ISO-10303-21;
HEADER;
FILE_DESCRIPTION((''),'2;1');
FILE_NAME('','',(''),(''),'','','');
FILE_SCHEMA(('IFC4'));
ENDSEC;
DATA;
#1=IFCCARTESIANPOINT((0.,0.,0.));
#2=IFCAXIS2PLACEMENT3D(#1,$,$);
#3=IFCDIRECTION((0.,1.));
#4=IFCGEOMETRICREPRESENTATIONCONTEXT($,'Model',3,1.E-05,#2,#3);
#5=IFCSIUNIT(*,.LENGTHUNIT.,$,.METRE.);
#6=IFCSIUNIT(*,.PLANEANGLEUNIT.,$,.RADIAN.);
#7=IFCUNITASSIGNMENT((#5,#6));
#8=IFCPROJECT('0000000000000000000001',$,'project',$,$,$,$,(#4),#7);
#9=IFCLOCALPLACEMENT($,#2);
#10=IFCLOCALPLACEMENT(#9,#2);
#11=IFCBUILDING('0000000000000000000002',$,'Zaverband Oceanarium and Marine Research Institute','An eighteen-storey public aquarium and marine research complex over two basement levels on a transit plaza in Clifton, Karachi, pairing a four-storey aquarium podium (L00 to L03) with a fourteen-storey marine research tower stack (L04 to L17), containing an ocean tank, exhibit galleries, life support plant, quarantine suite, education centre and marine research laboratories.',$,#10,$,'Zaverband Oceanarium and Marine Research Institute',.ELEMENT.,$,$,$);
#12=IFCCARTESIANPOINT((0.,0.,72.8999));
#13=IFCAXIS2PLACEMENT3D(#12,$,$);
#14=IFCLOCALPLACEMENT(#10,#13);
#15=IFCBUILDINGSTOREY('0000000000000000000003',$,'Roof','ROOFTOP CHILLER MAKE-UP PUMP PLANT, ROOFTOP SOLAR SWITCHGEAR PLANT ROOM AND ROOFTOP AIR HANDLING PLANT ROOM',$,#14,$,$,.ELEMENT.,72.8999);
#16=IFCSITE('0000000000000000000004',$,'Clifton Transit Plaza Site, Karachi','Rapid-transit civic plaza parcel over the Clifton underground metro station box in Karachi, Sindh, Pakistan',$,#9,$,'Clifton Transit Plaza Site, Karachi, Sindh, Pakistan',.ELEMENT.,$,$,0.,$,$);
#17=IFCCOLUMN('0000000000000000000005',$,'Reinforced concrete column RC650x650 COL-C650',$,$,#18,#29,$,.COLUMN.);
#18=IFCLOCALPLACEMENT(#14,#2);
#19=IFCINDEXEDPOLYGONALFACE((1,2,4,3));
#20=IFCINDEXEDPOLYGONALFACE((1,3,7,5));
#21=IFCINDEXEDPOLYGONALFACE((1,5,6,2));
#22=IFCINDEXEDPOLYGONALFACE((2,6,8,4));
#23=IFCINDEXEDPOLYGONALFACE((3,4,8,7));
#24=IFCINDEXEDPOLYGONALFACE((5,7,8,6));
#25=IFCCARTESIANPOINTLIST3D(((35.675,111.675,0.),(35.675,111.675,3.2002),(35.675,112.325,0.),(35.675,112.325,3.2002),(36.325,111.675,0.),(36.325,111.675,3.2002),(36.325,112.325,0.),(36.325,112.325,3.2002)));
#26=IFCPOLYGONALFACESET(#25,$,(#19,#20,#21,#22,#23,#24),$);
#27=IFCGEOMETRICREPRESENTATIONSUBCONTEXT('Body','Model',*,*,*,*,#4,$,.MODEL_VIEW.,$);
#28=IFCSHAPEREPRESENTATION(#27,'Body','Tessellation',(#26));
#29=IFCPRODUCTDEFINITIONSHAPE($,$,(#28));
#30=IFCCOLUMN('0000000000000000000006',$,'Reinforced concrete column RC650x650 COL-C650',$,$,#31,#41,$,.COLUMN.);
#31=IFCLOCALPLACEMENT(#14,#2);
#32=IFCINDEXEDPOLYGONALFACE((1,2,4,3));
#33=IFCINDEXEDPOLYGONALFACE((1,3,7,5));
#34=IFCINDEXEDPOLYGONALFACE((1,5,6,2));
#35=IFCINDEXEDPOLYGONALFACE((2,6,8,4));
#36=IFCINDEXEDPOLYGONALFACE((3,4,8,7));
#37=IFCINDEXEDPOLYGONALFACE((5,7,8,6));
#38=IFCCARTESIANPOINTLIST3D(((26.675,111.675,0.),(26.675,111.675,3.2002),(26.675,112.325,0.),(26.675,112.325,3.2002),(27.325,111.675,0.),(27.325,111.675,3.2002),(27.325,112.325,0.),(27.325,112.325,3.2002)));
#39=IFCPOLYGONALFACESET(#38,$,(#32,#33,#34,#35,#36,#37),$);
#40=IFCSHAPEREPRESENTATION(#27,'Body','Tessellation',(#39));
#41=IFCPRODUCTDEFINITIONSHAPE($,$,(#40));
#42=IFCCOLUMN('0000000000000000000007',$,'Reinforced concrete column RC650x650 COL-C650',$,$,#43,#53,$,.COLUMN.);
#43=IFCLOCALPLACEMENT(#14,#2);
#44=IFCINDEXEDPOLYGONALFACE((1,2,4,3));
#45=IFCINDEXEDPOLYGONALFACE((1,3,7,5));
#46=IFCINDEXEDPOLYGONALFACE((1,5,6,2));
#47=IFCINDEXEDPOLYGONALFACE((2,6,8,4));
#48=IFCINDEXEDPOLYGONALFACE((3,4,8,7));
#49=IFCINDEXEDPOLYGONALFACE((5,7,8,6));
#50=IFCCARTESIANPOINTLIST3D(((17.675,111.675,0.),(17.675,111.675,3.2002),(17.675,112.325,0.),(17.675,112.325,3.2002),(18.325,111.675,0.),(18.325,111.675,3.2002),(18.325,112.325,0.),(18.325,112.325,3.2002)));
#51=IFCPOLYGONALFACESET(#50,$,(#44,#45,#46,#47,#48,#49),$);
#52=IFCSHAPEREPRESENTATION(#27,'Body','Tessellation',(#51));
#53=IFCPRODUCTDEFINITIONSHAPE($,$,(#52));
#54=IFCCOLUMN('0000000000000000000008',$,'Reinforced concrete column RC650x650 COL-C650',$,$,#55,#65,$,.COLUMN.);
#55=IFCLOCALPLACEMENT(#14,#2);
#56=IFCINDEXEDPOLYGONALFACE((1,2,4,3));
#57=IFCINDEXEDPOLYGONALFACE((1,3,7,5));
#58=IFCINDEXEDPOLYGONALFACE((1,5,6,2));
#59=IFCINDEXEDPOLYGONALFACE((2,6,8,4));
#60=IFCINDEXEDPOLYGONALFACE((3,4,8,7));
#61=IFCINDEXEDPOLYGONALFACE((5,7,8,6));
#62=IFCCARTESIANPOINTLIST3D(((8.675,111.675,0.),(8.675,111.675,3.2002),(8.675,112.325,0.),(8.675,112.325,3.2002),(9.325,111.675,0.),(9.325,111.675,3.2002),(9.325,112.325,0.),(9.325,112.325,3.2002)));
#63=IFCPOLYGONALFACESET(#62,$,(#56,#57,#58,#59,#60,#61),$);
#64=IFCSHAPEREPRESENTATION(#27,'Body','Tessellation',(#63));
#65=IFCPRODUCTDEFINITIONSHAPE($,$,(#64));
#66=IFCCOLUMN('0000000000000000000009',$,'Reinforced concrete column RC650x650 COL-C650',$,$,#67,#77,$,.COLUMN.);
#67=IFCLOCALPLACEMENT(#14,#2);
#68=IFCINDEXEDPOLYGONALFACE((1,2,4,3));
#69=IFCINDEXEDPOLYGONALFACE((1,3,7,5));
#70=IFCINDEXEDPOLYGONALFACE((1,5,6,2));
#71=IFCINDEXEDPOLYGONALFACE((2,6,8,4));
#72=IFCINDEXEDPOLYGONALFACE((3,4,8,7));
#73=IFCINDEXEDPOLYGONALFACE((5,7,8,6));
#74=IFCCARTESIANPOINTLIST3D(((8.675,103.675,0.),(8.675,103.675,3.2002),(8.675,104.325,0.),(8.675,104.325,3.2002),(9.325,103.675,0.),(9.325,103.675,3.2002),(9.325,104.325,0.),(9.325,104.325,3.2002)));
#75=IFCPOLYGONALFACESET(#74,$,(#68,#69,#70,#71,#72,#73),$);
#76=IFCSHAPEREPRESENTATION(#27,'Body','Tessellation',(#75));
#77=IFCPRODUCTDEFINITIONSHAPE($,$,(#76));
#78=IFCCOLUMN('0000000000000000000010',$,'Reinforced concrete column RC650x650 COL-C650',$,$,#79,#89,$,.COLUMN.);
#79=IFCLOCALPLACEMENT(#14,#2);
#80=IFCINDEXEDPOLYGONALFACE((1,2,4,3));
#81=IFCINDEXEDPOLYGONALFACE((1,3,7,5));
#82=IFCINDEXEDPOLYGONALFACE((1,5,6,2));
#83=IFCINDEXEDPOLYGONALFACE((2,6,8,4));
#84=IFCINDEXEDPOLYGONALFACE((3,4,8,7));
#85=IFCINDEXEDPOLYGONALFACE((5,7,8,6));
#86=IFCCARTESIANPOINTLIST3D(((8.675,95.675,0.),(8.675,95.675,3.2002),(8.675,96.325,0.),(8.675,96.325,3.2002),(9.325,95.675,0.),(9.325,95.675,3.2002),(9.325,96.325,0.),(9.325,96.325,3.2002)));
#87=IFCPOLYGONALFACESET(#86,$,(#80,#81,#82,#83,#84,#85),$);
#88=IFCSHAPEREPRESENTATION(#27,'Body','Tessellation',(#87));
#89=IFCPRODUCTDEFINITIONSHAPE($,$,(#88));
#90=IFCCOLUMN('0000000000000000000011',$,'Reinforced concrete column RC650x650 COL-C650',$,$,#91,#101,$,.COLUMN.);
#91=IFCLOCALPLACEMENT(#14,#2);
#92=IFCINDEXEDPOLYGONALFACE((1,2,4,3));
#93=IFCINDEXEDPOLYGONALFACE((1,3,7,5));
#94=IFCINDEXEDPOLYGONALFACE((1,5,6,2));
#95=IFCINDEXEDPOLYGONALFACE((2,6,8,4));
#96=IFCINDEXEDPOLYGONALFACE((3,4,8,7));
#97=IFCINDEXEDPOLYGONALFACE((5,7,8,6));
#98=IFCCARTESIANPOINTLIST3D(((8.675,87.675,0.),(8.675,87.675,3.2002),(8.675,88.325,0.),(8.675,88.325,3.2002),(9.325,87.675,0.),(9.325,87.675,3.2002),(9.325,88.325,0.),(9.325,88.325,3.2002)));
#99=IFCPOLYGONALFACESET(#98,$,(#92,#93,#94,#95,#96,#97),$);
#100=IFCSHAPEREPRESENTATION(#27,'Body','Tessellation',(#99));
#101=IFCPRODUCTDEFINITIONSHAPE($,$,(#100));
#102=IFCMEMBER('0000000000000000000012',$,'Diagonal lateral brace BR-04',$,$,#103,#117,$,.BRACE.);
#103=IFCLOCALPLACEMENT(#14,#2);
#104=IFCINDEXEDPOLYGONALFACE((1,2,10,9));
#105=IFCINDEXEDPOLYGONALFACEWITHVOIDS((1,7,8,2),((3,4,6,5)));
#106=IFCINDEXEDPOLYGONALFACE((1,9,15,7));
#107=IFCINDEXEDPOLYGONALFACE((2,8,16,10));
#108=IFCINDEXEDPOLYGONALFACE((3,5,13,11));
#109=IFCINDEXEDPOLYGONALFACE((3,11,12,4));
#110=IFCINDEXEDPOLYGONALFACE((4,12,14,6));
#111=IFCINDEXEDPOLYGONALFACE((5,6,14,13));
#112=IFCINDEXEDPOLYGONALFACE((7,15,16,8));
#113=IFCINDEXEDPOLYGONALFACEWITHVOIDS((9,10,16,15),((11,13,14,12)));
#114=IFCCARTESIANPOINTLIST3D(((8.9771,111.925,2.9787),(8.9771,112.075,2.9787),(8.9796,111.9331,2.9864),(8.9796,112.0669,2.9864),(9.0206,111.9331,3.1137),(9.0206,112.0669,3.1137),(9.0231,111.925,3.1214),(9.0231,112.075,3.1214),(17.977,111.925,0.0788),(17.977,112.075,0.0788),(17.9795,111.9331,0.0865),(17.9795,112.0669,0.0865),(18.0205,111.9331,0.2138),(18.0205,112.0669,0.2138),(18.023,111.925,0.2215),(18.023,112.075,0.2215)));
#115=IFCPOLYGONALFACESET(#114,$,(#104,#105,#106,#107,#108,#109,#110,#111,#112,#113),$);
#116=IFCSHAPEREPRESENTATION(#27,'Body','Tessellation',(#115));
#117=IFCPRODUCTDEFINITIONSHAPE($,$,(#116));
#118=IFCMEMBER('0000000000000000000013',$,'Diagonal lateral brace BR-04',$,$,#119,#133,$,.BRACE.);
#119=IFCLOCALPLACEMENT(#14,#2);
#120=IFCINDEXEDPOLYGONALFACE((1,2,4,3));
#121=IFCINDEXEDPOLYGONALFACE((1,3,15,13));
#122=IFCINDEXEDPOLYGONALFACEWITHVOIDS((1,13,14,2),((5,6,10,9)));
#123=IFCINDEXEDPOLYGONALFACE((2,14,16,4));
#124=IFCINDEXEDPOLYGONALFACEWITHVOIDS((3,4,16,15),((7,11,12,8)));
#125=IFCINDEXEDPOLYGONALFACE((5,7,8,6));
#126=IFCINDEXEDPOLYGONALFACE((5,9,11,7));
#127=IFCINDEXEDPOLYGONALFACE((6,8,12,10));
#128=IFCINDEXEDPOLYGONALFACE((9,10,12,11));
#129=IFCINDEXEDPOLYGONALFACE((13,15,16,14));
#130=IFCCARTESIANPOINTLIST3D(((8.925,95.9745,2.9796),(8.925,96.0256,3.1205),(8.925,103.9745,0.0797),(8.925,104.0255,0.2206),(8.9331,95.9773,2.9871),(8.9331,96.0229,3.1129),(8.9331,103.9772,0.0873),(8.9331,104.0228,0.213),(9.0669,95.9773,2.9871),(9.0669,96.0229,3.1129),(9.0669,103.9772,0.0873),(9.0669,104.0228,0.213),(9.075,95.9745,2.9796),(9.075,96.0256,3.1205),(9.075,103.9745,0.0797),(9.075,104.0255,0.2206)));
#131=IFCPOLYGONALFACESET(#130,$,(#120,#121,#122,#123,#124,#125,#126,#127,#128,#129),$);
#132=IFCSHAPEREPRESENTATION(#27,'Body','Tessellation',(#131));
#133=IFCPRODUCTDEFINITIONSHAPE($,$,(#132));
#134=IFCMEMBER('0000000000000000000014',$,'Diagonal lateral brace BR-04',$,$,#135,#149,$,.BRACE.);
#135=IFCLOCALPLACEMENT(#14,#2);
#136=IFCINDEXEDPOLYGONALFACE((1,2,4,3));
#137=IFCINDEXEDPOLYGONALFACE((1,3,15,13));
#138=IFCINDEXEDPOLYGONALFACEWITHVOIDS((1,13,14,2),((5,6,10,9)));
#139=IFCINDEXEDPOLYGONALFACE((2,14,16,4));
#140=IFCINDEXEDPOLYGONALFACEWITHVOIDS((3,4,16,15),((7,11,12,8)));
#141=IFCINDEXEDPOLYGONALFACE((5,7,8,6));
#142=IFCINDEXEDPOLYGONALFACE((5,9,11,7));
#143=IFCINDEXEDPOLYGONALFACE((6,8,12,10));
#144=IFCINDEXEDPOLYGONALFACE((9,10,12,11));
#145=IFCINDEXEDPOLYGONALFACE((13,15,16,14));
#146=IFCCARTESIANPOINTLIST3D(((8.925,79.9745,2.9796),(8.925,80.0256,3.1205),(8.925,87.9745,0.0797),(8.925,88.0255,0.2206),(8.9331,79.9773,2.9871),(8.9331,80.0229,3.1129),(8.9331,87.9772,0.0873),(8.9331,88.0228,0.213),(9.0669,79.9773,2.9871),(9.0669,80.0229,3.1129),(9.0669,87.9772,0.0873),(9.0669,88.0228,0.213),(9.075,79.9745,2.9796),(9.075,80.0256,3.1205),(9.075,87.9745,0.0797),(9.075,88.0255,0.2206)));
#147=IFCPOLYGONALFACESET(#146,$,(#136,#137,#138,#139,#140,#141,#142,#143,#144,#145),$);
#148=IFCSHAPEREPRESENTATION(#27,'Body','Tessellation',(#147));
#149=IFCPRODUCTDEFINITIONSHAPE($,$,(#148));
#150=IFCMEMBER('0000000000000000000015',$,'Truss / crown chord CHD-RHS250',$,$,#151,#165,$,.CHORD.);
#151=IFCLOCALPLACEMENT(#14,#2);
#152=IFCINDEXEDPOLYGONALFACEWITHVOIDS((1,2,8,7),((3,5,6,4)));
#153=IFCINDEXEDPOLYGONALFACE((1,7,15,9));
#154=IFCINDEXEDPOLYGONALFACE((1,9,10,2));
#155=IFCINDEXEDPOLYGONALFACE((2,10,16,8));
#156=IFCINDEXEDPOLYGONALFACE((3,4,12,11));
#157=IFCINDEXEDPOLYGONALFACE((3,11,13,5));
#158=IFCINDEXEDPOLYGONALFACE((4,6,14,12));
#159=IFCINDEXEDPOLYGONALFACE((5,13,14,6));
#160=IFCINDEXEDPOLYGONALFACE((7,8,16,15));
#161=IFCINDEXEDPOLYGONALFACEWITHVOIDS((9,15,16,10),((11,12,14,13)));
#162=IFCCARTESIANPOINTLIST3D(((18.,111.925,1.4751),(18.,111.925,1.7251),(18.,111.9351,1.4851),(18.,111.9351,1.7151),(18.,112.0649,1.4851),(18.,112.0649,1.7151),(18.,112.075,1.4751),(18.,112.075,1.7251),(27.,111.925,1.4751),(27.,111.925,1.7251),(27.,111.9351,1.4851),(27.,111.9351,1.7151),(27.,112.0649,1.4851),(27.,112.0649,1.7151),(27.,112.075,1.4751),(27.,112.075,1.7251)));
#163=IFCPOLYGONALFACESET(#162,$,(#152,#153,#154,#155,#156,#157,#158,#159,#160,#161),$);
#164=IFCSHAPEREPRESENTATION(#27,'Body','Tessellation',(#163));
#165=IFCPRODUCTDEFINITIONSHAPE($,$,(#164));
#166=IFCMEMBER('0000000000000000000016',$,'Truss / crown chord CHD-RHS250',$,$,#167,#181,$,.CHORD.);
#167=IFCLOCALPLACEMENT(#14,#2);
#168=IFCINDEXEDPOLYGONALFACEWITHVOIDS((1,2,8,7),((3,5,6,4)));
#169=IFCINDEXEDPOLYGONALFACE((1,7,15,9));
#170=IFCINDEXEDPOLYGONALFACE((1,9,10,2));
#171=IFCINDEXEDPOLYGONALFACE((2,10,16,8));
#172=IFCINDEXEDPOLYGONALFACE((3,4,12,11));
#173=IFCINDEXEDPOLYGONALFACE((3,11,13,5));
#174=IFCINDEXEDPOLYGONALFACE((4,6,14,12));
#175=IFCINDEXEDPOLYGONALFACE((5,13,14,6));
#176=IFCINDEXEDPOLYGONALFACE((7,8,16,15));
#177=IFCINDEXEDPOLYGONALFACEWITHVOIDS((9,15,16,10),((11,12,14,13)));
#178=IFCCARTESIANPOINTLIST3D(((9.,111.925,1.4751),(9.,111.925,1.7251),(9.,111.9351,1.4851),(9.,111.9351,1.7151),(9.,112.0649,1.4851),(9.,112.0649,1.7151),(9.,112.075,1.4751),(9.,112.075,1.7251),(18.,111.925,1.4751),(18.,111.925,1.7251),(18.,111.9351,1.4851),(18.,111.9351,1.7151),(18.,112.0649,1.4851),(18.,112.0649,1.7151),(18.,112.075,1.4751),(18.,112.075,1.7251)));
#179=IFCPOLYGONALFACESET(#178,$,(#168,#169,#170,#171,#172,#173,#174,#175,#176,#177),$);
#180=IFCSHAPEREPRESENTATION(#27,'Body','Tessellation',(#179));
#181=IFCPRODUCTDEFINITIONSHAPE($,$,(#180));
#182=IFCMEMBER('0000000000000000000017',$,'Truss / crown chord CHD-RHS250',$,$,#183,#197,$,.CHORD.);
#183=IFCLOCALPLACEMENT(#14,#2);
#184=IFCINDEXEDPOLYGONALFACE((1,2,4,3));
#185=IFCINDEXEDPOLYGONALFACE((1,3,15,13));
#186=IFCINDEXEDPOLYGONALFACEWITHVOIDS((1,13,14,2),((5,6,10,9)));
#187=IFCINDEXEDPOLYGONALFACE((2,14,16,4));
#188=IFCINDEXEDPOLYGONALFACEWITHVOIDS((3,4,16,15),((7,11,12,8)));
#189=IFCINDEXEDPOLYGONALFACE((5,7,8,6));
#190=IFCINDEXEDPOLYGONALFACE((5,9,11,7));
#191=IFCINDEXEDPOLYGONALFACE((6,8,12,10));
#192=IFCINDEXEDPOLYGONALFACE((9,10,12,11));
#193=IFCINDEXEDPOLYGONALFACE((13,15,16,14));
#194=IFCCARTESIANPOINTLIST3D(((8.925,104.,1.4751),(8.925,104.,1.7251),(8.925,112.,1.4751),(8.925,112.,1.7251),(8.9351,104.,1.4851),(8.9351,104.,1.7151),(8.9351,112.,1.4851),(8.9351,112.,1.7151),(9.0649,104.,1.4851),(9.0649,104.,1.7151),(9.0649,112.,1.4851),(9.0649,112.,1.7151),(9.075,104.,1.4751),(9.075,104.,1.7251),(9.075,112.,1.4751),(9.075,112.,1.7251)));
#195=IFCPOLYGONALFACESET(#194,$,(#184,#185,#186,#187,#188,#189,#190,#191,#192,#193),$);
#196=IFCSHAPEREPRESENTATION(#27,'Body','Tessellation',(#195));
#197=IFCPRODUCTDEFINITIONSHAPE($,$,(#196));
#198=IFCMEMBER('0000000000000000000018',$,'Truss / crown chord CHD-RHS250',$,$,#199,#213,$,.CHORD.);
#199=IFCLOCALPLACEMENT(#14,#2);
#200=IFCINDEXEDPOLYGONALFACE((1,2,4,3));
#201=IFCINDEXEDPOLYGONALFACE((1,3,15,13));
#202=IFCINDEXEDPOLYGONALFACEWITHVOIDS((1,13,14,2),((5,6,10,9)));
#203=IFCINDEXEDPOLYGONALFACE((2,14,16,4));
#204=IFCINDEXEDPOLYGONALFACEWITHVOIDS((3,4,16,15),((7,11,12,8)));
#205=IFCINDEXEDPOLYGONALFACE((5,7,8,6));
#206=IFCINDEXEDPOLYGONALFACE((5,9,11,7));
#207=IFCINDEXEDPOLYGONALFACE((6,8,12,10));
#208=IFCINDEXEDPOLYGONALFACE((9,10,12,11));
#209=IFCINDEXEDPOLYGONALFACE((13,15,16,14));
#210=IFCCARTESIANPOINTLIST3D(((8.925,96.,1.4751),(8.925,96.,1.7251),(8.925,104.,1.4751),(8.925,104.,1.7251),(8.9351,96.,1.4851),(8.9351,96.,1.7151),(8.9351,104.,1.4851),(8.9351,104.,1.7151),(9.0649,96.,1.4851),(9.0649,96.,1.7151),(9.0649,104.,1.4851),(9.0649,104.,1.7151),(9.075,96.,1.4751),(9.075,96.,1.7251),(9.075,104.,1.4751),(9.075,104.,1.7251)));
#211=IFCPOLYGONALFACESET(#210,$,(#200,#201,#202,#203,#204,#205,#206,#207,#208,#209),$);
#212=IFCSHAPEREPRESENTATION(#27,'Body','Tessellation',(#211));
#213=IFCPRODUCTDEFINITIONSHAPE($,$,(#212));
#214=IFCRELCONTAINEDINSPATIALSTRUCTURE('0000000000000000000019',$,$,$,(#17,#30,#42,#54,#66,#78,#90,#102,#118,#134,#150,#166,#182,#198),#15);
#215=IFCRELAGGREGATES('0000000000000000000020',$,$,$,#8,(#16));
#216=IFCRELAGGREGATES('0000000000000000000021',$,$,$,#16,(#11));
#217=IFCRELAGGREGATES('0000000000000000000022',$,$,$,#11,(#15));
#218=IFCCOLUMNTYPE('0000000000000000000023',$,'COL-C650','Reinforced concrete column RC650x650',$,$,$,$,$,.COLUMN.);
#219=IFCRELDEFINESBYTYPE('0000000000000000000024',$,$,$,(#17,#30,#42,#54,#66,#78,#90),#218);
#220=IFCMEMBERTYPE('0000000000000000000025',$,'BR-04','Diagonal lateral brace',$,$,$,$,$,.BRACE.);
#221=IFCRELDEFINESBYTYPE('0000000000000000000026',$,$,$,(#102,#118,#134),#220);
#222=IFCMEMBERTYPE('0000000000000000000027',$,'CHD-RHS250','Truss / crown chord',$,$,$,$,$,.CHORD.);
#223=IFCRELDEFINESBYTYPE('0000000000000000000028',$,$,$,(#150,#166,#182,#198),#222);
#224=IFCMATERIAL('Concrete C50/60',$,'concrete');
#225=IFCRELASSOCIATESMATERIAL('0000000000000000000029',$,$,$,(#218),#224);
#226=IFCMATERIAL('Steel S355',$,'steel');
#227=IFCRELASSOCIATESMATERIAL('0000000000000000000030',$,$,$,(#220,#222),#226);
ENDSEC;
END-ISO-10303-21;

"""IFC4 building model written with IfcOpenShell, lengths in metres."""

from ifc_helpers import new_model, si_unit, direction, frame, origin, origin_2d, place, context, subcontext, project, spatial, rectangle, hollow_rectangle, extrude, material, material_profile, profile_set, type_object, element, save


model = new_model("IFC4")

# Units and contexts
model_context = context("Model", 3, precision=1e-05, world=origin(), true_north=direction((0.0, 1.0)))
body_context = subcontext(model_context, "Body", "Model", "MODEL_VIEW")
ifc_project = project(units=[si_unit("LENGTHUNIT", "METRE"), si_unit("PLANEANGLEUNIT", "RADIAN")], contexts=[model_context])

# Site, building, storey
site_placement = place(None, origin())
site = spatial("IfcSite", under=ifc_project, at=site_placement, Name="Clifton Transit Plaza Site, Karachi", Description="Rapid-transit civic plaza parcel over the Clifton underground metro station box in Karachi, Sindh, Pakistan", LongName="Clifton Transit Plaza Site, Karachi, Sindh, Pakistan", CompositionType="ELEMENT", RefElevation=0.0)
building_placement = place(site_placement, origin())
building = spatial("IfcBuilding", under=site, at=building_placement, Name="Zaverband Oceanarium and Marine Research Institute", Description="An eighteen-storey public aquarium and marine research complex over two basement levels on a transit plaza in Clifton, Karachi, pairing a four-storey aquarium podium (L00 to L03) with a fourteen-storey marine research tower stack (L04 to L17), containing an ocean tank, exhibit galleries, life support plant, quarantine suite, education centre and marine research laboratories.", LongName="Zaverband Oceanarium and Marine Research Institute", CompositionType="ELEMENT")
storey_placement = place(building_placement, frame((0.0, 0.0, 72.8999)))
storey = spatial("IfcBuildingStorey", under=building, at=storey_placement, Name="Roof", Description="ROOFTOP CHILLER MAKE-UP PUMP PLANT, ROOFTOP SOLAR SWITCHGEAR PLANT ROOM AND ROOFTOP AIR HANDLING PLANT ROOM", CompositionType="ELEMENT", Elevation=72.8999)

# Columns
ifc_material_1 = material(Name="Concrete C50/60", Category="concrete")
ifc_material_profile_1 = material_profile(ifc_material_1, rectangle(XDim=0.6499, YDim=0.6499, at=origin_2d()), Name="RC650x650")
ifc_profile_set_1 = profile_set([ifc_material_profile_1], Name="Concrete C50/60")
column_type = type_object("IfcColumnType", Name="COL-C650", Description="Reinforced concrete column RC650x650", PredefinedType="COLUMN", material=ifc_profile_set_1)
for number, where, z_axis, x_axis, name in (
    (1, (36.0, 112.0, 0.0), (0.0, 0.0, 1.0), (1.0, 0.0, 0.0), "Reinforced concrete column RC650x650 COL-C650"),
    (2, (27.0, 112.0, 0.0), (0.0, 0.0, 1.0), (1.0, 0.0, 0.0), "Reinforced concrete column RC650x650 COL-C650"),
    (3, (18.0, 112.0, 0.0), (0.0, 0.0, 1.0), (1.0, 0.0, 0.0), "Reinforced concrete column RC650x650 COL-C650"),
    (4, (9.0, 112.0, 0.0), (0.0, 0.0, 1.0), (1.0, 0.0, 0.0), "Reinforced concrete column RC650x650 COL-C650"),
    (5, (9.0, 104.0, 0.0), (0.0, 0.0, 1.0), (1.0, 0.0, 0.0), "Reinforced concrete column RC650x650 COL-C650"),
    (6, (9.0, 96.0, 0.0), (0.0, 0.0, 1.0), (1.0, 0.0, 0.0), "Reinforced concrete column RC650x650 COL-C650"),
    (7, (9.0, 88.0, 0.0), (0.0, 0.0, 1.0), (1.0, 0.0, 0.0), "Reinforced concrete column RC650x650 COL-C650"),
):
    element("IfcColumn", number, at=place(storey_placement, frame(where, z_axis=z_axis, x_axis=x_axis)), inside=storey, type_object=column_type, Name=name, PredefinedType="COLUMN", context=body_context, shape_type="SweptSolid", body=[
        extrude(rectangle(XDim=0.6499, YDim=0.6499, at=origin_2d()), origin(), (0.0, 0.0, 1.0), 3.2002),
    ])

# Members
ifc_material_2 = material(Name="Steel S355", Category="steel")
ifc_material_profile_2 = material_profile(ifc_material_2, hollow_rectangle(XDim=0.1499, YDim=0.1499, WallThickness=0.0081, at=origin_2d()), Name="SHS150x150x8")
ifc_profile_set_2 = profile_set([ifc_material_profile_2], Name="Steel S355")
member_type_1 = type_object("IfcMemberType", Name="BR-04", Description="Diagonal lateral brace", PredefinedType="BRACE", material=ifc_profile_set_2)
member_1_placement = place(storey_placement, frame((18.0, 112.0, 0.1501), z_axis=(-0.951811, 0.0, 0.306684), x_axis=(0.0, -1.0, 0.0)))
element("IfcMember", 8, at=member_1_placement, inside=storey, type_object=member_type_1, Name="Diagonal lateral brace BR-04", PredefinedType="BRACE", context=body_context, shape_type="SweptSolid", body=[
    extrude(hollow_rectangle(XDim=0.1499, YDim=0.1499, WallThickness=0.0081, at=origin_2d()), origin(), (0.0, 0.0, 1.0), 9.4556),
])
for number, where, z_axis, x_axis, name in (
    (9, (9.0, 104.0, 0.1501), (0.0, -0.94014, 0.340789), (1.0, 0.0, 0.0), "Diagonal lateral brace BR-04"),
    (10, (9.0, 88.0, 0.1501), (0.0, -0.94014, 0.340789), (1.0, 0.0, 0.0), "Diagonal lateral brace BR-04"),
):
    element("IfcMember", number, at=place(storey_placement, frame(where, z_axis=z_axis, x_axis=x_axis)), inside=storey, type_object=member_type_1, Name=name, PredefinedType="BRACE", context=body_context, shape_type="SweptSolid", body=[
        extrude(hollow_rectangle(XDim=0.1499, YDim=0.1499, WallThickness=0.0081, at=origin_2d()), origin(), (0.0, 0.0, 1.0), 8.5093),
    ])
ifc_material_profile_3 = material_profile(ifc_material_2, hollow_rectangle(XDim=0.1499, YDim=0.25, WallThickness=0.01, at=origin_2d()), Name="RHS250x150x10")
ifc_profile_set_3 = profile_set([ifc_material_profile_3], Name="Steel S355")
member_type_2 = type_object("IfcMemberType", Name="CHD-RHS250", Description="Truss / crown chord", PredefinedType="CHORD", material=ifc_profile_set_3)
for number, where, z_axis, x_axis, name in (
    (11, (27.0, 112.0, 1.6001), (-1.0, 0.0, 0.0), (0.0, -1.0, 0.0), "Truss / crown chord CHD-RHS250"),
    (12, (18.0, 112.0, 1.6001), (-1.0, 0.0, 0.0), (0.0, -1.0, 0.0), "Truss / crown chord CHD-RHS250"),
):
    element("IfcMember", number, at=place(storey_placement, frame(where, z_axis=z_axis, x_axis=x_axis)), inside=storey, type_object=member_type_2, Name=name, PredefinedType="CHORD", context=body_context, shape_type="SweptSolid", body=[
        extrude(hollow_rectangle(XDim=0.1499, YDim=0.25, WallThickness=0.01, at=origin_2d()), origin(), (0.0, 0.0, 1.0), 9.0),
    ])
for number, where, z_axis, x_axis, name in (
    (13, (9.0, 112.0, 1.6001), (0.0, -1.0, 0.0), (1.0, 0.0, 0.0), "Truss / crown chord CHD-RHS250"),
    (14, (9.0, 104.0, 1.6001), (0.0, -1.0, 0.0), (1.0, 0.0, 0.0), "Truss / crown chord CHD-RHS250"),
):
    element("IfcMember", number, at=place(storey_placement, frame(where, z_axis=z_axis, x_axis=x_axis)), inside=storey, type_object=member_type_2, Name=name, PredefinedType="CHORD", context=body_context, shape_type="SweptSolid", body=[
        extrude(hollow_rectangle(XDim=0.1499, YDim=0.25, WallThickness=0.01, at=origin_2d()), origin(), (0.0, 0.0, 1.0), 8.0),
    ])

save(model, "model.ifc")
